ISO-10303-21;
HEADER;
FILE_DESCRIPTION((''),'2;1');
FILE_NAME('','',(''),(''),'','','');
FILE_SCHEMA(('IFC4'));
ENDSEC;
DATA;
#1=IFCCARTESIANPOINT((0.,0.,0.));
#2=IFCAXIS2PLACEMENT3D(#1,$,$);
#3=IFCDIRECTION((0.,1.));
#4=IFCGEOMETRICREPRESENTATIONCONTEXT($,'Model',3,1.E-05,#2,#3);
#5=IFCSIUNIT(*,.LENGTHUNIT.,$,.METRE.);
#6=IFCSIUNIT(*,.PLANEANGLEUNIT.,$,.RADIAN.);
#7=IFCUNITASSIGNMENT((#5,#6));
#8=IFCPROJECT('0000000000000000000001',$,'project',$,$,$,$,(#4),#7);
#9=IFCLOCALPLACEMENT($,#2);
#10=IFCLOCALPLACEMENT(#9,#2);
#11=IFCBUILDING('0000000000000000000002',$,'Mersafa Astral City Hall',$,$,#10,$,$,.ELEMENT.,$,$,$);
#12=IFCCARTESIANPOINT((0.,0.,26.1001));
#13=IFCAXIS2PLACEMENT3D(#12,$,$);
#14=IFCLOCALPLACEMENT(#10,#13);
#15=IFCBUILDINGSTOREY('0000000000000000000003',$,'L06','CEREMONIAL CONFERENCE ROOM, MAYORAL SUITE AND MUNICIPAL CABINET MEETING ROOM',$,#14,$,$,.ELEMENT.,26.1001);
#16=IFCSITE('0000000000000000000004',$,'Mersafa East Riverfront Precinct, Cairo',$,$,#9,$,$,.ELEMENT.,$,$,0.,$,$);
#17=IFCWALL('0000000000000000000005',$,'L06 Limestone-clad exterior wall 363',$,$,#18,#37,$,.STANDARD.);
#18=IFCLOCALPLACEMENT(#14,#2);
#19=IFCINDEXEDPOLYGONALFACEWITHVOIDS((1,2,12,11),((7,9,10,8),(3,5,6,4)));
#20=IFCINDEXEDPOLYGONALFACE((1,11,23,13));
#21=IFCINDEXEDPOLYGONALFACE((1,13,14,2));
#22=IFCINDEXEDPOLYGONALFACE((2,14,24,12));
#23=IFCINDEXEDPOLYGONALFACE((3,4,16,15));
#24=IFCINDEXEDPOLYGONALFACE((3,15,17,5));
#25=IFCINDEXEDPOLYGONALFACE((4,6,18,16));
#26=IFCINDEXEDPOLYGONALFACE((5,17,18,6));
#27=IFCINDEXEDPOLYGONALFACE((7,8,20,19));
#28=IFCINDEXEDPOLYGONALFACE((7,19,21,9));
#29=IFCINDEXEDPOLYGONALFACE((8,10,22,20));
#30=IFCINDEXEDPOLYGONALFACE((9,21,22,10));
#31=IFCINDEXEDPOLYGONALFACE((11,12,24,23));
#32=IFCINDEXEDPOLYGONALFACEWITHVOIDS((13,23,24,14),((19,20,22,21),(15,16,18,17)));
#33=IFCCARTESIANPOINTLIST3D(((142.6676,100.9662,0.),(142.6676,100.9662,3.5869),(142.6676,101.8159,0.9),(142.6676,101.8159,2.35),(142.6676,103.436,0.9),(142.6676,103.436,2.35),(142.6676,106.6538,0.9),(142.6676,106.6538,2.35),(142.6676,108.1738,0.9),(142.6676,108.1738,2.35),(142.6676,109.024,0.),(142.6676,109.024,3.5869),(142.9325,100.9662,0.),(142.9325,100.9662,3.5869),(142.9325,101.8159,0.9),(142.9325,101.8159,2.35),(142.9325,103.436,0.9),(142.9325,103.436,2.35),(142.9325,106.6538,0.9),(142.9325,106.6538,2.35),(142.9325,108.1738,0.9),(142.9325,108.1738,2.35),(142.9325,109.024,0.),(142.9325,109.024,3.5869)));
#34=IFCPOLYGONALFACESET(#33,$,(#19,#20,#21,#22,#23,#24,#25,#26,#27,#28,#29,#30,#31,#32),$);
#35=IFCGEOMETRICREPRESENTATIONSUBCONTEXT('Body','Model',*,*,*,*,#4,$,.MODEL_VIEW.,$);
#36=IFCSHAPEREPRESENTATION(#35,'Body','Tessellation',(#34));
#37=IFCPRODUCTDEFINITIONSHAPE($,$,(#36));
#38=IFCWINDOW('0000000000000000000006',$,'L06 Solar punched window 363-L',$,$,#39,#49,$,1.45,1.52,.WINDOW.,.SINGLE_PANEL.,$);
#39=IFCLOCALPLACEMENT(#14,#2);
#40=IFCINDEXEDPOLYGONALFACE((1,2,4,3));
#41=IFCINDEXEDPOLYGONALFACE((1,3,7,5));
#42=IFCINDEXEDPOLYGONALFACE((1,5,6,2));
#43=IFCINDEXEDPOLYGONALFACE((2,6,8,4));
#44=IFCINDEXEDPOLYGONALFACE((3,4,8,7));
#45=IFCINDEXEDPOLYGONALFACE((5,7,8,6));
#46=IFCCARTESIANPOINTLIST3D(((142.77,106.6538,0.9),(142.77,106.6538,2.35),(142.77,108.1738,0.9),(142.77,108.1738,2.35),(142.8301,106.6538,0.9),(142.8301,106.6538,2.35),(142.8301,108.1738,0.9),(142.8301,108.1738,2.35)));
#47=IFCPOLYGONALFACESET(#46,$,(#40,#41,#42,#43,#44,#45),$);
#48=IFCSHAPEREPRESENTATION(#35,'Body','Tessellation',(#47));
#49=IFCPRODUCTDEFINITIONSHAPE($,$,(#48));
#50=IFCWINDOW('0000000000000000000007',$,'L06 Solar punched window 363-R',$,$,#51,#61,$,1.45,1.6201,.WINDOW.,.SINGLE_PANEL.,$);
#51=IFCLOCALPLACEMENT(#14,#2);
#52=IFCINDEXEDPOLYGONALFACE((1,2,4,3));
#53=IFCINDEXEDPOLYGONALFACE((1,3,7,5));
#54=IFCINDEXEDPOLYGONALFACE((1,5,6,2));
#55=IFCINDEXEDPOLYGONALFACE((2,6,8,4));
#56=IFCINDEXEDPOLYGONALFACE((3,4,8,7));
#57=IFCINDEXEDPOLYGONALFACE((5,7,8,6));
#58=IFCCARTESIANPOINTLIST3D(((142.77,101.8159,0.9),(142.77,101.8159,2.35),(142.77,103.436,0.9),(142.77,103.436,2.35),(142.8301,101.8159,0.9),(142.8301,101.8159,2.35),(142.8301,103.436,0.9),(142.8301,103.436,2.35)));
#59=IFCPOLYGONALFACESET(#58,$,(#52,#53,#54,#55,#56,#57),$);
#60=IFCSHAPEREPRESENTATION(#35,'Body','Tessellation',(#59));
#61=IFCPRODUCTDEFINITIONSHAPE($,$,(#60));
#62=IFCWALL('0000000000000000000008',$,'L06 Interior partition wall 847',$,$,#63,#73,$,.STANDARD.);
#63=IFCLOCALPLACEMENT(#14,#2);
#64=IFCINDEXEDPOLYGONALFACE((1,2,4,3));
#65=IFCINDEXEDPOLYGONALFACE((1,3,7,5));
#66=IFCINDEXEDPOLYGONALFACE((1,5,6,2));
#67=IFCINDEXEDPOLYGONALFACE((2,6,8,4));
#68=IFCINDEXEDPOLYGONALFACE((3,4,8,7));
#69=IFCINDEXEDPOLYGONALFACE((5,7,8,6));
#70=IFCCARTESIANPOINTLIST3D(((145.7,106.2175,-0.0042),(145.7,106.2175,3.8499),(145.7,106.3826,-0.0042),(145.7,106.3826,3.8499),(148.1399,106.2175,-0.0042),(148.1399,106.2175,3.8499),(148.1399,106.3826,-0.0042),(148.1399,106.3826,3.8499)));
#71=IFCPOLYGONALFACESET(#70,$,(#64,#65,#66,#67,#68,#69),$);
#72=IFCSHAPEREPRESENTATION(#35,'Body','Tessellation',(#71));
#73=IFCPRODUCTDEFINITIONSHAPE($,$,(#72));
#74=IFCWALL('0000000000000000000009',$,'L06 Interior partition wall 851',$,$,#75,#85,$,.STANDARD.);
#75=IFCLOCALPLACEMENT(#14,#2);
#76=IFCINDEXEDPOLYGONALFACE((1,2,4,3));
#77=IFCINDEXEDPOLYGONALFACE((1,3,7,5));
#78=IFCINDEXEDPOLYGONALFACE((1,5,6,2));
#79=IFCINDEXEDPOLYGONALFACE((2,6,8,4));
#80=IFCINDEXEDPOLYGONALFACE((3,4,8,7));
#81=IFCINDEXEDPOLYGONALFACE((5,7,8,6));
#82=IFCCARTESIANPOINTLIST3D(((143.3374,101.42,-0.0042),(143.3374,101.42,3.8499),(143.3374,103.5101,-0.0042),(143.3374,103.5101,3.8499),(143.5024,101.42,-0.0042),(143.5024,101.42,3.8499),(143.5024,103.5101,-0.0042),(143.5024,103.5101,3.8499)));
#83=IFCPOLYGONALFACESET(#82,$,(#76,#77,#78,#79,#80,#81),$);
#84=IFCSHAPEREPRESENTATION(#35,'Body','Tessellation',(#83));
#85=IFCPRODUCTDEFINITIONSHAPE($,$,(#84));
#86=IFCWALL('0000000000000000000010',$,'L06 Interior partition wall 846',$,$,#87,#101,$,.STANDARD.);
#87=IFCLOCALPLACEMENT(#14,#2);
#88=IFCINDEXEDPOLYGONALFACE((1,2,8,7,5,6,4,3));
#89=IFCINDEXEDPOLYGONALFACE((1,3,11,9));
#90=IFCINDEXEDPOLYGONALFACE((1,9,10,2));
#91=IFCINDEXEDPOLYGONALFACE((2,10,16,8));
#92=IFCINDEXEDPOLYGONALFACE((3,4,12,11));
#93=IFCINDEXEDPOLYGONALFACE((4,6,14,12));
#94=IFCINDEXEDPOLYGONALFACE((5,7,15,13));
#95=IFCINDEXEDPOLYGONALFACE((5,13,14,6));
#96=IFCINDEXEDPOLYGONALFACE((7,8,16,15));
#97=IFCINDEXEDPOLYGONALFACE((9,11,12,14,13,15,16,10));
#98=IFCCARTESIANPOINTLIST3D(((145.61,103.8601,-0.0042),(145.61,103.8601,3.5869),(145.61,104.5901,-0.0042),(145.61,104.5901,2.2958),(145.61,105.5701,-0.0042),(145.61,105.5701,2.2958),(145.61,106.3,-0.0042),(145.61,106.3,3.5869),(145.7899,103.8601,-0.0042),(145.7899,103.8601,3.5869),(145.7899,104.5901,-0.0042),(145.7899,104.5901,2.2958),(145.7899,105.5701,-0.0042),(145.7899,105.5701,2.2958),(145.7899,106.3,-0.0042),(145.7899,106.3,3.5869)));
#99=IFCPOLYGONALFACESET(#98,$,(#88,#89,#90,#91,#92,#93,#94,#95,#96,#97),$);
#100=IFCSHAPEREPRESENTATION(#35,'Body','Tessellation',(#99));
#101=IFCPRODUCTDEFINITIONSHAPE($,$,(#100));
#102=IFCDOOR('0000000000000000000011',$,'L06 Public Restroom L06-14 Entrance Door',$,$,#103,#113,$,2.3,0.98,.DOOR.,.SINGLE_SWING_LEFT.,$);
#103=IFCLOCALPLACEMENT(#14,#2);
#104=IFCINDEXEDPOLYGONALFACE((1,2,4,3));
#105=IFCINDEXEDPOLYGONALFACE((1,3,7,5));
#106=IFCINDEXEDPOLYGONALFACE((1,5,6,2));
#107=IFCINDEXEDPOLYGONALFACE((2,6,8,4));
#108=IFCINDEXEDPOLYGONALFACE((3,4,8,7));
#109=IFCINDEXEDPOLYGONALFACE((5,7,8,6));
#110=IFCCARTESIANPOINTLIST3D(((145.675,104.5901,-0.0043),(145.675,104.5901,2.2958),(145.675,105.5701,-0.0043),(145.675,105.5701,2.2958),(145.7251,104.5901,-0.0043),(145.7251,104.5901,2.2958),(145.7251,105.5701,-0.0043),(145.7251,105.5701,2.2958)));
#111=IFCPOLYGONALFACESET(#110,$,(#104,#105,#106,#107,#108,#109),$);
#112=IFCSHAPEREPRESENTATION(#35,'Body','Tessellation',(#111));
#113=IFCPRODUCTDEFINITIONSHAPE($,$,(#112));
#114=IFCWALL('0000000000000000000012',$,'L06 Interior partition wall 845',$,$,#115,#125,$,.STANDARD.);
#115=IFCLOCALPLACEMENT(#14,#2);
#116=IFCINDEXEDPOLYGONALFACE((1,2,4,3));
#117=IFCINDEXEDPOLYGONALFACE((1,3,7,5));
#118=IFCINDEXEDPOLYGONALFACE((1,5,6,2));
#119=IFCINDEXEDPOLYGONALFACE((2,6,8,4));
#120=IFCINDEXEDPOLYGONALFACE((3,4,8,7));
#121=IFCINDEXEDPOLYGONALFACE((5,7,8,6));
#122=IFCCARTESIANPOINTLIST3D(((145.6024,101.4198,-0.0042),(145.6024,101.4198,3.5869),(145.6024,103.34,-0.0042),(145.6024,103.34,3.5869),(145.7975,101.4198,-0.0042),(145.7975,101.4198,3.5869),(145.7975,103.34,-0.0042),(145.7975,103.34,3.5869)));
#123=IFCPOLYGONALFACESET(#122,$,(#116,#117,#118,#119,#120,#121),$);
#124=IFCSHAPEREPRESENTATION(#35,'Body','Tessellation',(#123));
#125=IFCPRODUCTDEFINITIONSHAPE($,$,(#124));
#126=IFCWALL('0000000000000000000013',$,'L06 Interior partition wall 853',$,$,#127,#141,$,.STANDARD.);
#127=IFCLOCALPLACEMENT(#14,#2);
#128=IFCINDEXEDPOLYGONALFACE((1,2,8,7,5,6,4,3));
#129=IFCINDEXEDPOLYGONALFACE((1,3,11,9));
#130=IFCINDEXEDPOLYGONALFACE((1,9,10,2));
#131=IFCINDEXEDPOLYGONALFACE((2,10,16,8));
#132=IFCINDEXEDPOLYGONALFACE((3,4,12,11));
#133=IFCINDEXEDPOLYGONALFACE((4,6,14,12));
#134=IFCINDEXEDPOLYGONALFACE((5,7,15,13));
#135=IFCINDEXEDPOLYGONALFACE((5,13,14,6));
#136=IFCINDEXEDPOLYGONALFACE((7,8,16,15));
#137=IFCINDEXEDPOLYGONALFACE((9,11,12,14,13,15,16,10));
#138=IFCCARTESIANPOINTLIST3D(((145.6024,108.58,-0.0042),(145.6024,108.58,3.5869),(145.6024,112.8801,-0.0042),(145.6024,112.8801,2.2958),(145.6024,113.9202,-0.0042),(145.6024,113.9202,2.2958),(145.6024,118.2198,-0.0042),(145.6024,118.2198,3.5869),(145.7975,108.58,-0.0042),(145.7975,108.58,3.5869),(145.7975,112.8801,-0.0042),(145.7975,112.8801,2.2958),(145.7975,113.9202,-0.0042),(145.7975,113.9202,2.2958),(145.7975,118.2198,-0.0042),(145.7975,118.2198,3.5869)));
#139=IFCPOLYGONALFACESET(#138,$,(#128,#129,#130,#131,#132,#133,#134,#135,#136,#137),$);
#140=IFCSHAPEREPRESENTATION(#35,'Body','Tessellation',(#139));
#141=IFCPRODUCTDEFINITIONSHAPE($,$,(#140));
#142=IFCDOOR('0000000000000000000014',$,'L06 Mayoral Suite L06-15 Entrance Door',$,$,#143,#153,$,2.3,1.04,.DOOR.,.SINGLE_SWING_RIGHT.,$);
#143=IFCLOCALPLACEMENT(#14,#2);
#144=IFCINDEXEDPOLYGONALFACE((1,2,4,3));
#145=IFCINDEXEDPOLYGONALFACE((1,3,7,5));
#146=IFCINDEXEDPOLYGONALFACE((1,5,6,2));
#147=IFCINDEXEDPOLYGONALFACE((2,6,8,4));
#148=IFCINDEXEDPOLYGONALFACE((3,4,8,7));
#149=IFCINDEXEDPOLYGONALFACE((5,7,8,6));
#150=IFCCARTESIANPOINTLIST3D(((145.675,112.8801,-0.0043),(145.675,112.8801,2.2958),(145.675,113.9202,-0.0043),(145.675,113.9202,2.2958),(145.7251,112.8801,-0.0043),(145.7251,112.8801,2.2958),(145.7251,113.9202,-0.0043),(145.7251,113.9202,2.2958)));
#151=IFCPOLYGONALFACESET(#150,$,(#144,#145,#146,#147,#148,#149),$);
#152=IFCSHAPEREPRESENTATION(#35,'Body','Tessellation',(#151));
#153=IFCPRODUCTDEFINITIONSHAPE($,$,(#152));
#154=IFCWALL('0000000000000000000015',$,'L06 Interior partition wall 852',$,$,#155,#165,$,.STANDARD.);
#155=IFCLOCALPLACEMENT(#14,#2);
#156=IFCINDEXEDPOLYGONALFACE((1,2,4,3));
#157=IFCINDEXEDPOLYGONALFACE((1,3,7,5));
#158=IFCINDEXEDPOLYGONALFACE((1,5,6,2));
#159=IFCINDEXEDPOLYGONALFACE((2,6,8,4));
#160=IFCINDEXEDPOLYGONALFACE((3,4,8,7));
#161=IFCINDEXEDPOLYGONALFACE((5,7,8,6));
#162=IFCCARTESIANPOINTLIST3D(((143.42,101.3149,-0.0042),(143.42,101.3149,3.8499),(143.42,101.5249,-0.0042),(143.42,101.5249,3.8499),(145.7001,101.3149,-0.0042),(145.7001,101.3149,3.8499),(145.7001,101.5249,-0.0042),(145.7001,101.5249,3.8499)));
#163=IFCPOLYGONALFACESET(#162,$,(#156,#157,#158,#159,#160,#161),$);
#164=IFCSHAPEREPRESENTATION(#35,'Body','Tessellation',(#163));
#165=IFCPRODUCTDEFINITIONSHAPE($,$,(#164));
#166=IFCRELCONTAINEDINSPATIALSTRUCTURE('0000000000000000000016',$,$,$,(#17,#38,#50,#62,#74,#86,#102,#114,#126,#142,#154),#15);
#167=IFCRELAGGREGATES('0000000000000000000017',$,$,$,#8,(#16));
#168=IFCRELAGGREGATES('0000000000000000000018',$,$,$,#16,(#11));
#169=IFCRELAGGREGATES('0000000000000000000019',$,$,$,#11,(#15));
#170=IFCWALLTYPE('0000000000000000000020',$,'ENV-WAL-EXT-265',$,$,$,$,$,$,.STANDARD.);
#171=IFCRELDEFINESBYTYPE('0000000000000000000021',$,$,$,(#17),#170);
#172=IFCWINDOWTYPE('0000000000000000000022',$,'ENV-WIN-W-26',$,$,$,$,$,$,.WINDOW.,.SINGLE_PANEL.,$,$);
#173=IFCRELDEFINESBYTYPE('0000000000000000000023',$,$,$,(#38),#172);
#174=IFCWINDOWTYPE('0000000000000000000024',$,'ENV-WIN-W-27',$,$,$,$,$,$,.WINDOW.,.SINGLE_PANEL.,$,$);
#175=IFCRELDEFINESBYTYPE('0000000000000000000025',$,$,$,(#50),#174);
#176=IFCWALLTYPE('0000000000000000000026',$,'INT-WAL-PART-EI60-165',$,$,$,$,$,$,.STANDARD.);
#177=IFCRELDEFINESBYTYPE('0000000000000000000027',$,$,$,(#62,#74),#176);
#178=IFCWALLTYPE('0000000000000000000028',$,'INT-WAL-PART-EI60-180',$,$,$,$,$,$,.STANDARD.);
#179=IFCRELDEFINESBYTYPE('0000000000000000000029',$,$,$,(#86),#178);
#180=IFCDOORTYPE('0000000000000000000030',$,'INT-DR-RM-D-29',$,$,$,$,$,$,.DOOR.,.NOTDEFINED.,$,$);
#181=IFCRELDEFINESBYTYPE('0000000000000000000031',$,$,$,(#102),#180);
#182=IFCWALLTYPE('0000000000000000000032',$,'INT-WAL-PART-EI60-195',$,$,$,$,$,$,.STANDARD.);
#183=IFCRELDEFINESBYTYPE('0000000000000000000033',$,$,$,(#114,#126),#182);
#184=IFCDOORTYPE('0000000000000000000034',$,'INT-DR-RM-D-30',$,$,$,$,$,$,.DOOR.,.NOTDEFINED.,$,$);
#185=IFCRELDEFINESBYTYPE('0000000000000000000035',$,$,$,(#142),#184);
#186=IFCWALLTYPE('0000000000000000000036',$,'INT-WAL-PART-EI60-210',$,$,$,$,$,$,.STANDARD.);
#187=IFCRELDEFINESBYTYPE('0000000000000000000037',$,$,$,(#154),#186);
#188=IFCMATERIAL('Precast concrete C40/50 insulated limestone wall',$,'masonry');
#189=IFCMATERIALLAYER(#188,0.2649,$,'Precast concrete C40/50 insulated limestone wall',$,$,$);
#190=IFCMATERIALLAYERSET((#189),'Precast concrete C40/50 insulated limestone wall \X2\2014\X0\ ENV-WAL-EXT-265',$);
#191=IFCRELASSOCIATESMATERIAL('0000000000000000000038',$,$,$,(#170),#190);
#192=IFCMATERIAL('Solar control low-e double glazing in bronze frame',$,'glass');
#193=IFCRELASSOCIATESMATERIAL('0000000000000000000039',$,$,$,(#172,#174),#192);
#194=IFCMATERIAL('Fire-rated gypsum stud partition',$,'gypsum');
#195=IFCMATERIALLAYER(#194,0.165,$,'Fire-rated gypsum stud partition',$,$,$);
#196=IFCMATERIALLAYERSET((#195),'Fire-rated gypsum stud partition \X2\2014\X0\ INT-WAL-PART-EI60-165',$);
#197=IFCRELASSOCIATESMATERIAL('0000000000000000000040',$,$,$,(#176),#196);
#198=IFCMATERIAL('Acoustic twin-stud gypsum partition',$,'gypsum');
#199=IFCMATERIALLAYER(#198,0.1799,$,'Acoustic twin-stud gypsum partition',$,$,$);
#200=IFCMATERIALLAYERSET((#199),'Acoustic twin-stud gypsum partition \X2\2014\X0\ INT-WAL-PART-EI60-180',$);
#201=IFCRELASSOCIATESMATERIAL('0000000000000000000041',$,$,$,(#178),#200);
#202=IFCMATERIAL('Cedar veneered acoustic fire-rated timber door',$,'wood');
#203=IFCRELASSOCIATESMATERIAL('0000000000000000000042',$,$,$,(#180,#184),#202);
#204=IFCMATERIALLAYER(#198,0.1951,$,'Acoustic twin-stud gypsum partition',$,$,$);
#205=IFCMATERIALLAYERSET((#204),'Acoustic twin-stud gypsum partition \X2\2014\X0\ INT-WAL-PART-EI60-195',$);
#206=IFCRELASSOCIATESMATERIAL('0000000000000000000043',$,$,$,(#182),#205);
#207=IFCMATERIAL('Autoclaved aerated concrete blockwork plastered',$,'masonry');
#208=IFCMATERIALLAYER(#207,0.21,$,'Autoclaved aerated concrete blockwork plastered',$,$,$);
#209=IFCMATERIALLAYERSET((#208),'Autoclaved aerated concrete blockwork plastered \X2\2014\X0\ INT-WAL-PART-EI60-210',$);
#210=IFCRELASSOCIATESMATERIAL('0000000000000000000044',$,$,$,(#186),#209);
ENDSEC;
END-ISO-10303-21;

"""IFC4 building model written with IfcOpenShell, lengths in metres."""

from ifc_helpers import new_model, si_unit, direction, frame, frame_2d, origin, place, context, subcontext, project, spatial, rectangle, extrude, material, layer, layer_set, type_object, element, fill, save


model = new_model("IFC4")

# Units and contexts
model_context = context("Model", 3, precision=1e-05, world=origin(), true_north=direction((0.0, 1.0)))
body_context = subcontext(model_context, "Body", "Model", "MODEL_VIEW")
ifc_project = project(units=[si_unit("LENGTHUNIT", "METRE"), si_unit("PLANEANGLEUNIT", "RADIAN")], contexts=[model_context])

# Site, building, storey
site_placement = place(None, origin())
site = spatial("IfcSite", under=ifc_project, at=site_placement, Name="Mersafa East Riverfront Precinct, Cairo", CompositionType="ELEMENT", RefElevation=0.0)
building_placement = place(site_placement, origin())
building = spatial("IfcBuilding", under=site, at=building_placement, Name="Mersafa Astral City Hall", CompositionType="ELEMENT")
storey_placement = place(building_placement, frame((0.0, 0.0, 26.1001)))
storey = spatial("IfcBuildingStorey", under=building, at=storey_placement, Name="L06", Description="CEREMONIAL CONFERENCE ROOM, MAYORAL SUITE AND MUNICIPAL CABINET MEETING ROOM", CompositionType="ELEMENT", Elevation=26.1001)

# Wall, openings, windows
ifc_material_1 = material(Name="Precast concrete C40/50 insulated limestone wall", Category="masonry")
ifc_layer_1 = layer(ifc_material_1, 0.2649, Name="Precast concrete C40/50 insulated limestone wall")
ifc_layer_set_1 = layer_set([ifc_layer_1], Name="Precast concrete C40/50 insulated limestone wall — ENV-WAL-EXT-265")
wall_type_1 = type_object("IfcWallType", Name="ENV-WAL-EXT-265", PredefinedType="STANDARD", material=ifc_layer_set_1)
wall_1_placement = place(storey_placement, frame((142.8, 109.0239, 0.0), z_axis=(0.0, 0.0, 1.0), x_axis=(0.0, -1.0, 0.0)))
wall_1 = element("IfcWall", 1, at=wall_1_placement, inside=storey, type_object=wall_type_1, Name="L06 Limestone-clad exterior wall 363", PredefinedType="STANDARD", context=body_context, shape_type="SweptSolid", body=[
    extrude(rectangle(XDim=8.0579, YDim=0.2649, at=frame_2d((4.0288, 0.0))), origin(), (0.0, 0.0, 1.0), 3.5869),
])
opening_1_placement = place(wall_1_placement, frame((0.8501, 0.0, 0.8999)))
opening_1 = element("IfcOpeningElement", 2, at=opening_1_placement, cuts=wall_1, PredefinedType="OPENING", context=body_context, shape_type="SweptSolid", body=[
    extrude(rectangle(XDim=1.52, YDim=1.45, at=frame_2d((0.76, 0.7251))), frame((0.0, 0.1423, 0.0), z_axis=(0.0, -1.0, 0.0), x_axis=(1.0, 0.0, 0.0)), (0.0, 0.0, 1.0), 0.2849),
])
opening_2_placement = place(wall_1_placement, frame((5.5879, 0.0, 0.8999)))
opening_2 = element("IfcOpeningElement", 3, at=opening_2_placement, cuts=wall_1, PredefinedType="OPENING", context=body_context, shape_type="SweptSolid", body=[
    extrude(rectangle(XDim=1.6201, YDim=1.45, at=frame_2d((0.8101, 0.7251))), frame((0.0, 0.1423, 0.0), z_axis=(0.0, -1.0, 0.0), x_axis=(1.0, 0.0, 0.0)), (0.0, 0.0, 1.0), 0.2849),
])
ifc_material_2 = material(Name="Solar control low-e double glazing in bronze frame", Category="glass")
window_type_1 = type_object("IfcWindowType", Name="ENV-WIN-W-26", PartitioningType="SINGLE_PANEL", PredefinedType="WINDOW", material=ifc_material_2)
window_1_placement = place(opening_1_placement, origin())
window_1 = element("IfcWindow", 4, at=window_1_placement, inside=storey, type_object=window_type_1, Name="L06 Solar punched window 363-L", OverallHeight=1.45, OverallWidth=1.52, PartitioningType="SINGLE_PANEL", PredefinedType="WINDOW", context=body_context, shape_type="SweptSolid", body=[
    extrude(rectangle(XDim=1.52, YDim=1.45, at=frame_2d((0.76, 0.7251))), frame((0.0, 0.03, 0.0), z_axis=(0.0, -1.0, 0.0), x_axis=(1.0, 0.0, 0.0)), (0.0, 0.0, 1.0), 0.0601),
])
fill(opening_1, window_1)
window_type_2 = type_object("IfcWindowType", Name="ENV-WIN-W-27", PartitioningType="SINGLE_PANEL", PredefinedType="WINDOW", material=ifc_material_2)
window_2_placement = place(opening_2_placement, origin())
window_2 = element("IfcWindow", 5, at=window_2_placement, inside=storey, type_object=window_type_2, Name="L06 Solar punched window 363-R", OverallHeight=1.45, OverallWidth=1.6201, PartitioningType="SINGLE_PANEL", PredefinedType="WINDOW", context=body_context, shape_type="SweptSolid", body=[
    extrude(rectangle(XDim=1.6201, YDim=1.45, at=frame_2d((0.8101, 0.7251))), frame((0.0, 0.03, 0.0), z_axis=(0.0, -1.0, 0.0), x_axis=(1.0, 0.0, 0.0)), (0.0, 0.0, 1.0), 0.0601),
])
fill(opening_2, window_2)

# Walls
ifc_material_3 = material(Name="Fire-rated gypsum stud partition", Category="gypsum")
ifc_layer_2 = layer(ifc_material_3, 0.165, Name="Fire-rated gypsum stud partition")
ifc_layer_set_2 = layer_set([ifc_layer_2], Name="Fire-rated gypsum stud partition — INT-WAL-PART-EI60-165")
wall_type_2 = type_object("IfcWallType", Name="INT-WAL-PART-EI60-165", PredefinedType="STANDARD", material=ifc_layer_set_2)
wall_2_placement = place(storey_placement, frame((145.7, 106.3, -0.0042), z_axis=(0.0, 0.0, 1.0), x_axis=(1.0, 0.0, 0.0)))
element("IfcWall", 6, at=wall_2_placement, inside=storey, type_object=wall_type_2, Name="L06 Interior partition wall 847", PredefinedType="STANDARD", context=body_context, shape_type="SweptSolid", body=[
    extrude(rectangle(XDim=2.4399, YDim=0.165, at=frame_2d((1.22, 0.0))), origin(), (0.0, 0.0, 1.0), 3.854),
])
wall_3_placement = place(storey_placement, frame((143.4199, 103.51, -0.0042), z_axis=(0.0, 0.0, 1.0), x_axis=(0.0, -1.0, 0.0)))
element("IfcWall", 7, at=wall_3_placement, inside=storey, type_object=wall_type_2, Name="L06 Interior partition wall 851", PredefinedType="STANDARD", context=body_context, shape_type="SweptSolid", body=[
    extrude(rectangle(XDim=2.0901, YDim=0.165, at=frame_2d((1.0449, 0.0))), origin(), (0.0, 0.0, 1.0), 3.854),
])

# Wall, opening, door
ifc_material_4 = material(Name="Acoustic twin-stud gypsum partition", Category="gypsum")
ifc_layer_3 = layer(ifc_material_4, 0.1799, Name="Acoustic twin-stud gypsum partition")
ifc_layer_set_3 = layer_set([ifc_layer_3], Name="Acoustic twin-stud gypsum partition — INT-WAL-PART-EI60-180")
wall_type_3 = type_object("IfcWallType", Name="INT-WAL-PART-EI60-180", PredefinedType="STANDARD", material=ifc_layer_set_3)
wall_4_placement = place(storey_placement, frame((145.7, 103.8601, -0.0042), z_axis=(0.0, 0.0, 1.0), x_axis=(0.0, 1.0, 0.0)))
wall_4 = element("IfcWall", 8, at=wall_4_placement, inside=storey, type_object=wall_type_3, Name="L06 Interior partition wall 846", PredefinedType="STANDARD", context=body_context, shape_type="SweptSolid", body=[
    extrude(rectangle(XDim=2.4399, YDim=0.1799, at=frame_2d((1.22, 0.0))), origin(), (0.0, 0.0, 1.0), 3.5911),
])
opening_3_placement = place(wall_4_placement, frame((0.73, 0.0, 0.0)))
opening_3 = element("IfcOpeningElement", 9, at=opening_3_placement, cuts=wall_4, PredefinedType="OPENING", context=body_context, shape_type="SweptSolid", body=[
    extrude(rectangle(XDim=0.98, YDim=2.3, at=frame_2d((0.49, 1.1499))), frame((0.0, 0.0999, 0.0), z_axis=(0.0, -1.0, 0.0), x_axis=(1.0, 0.0, 0.0)), (0.0, 0.0, 1.0), 0.2),
])
ifc_material_5 = material(Name="Cedar veneered acoustic fire-rated timber door", Category="wood")
door_type_1 = type_object("IfcDoorType", Name="INT-DR-RM-D-29", OperationType="NOTDEFINED", PredefinedType="DOOR", material=ifc_material_5)
door_1_placement = place(opening_3_placement, origin())
door_1 = element("IfcDoor", 10, at=door_1_placement, inside=storey, type_object=door_type_1, Name="L06 Public Restroom L06-14 Entrance Door", OperationType="SINGLE_SWING_LEFT", OverallHeight=2.3, OverallWidth=0.98, PredefinedType="DOOR", context=body_context, shape_type="SweptSolid", body=[
    extrude(rectangle(XDim=0.98, YDim=2.3, at=frame_2d((0.49, 1.1499))), frame((0.0, 0.0249, 0.0), z_axis=(0.0, -1.0, 0.0), x_axis=(1.0, 0.0, 0.0)), (0.0, 0.0, 1.0), 0.05),
])
fill(opening_3, door_1)

# Wall
ifc_layer_4 = layer(ifc_material_4, 0.1951, Name="Acoustic twin-stud gypsum partition")
ifc_layer_set_4 = layer_set([ifc_layer_4], Name="Acoustic twin-stud gypsum partition — INT-WAL-PART-EI60-195")
wall_type_4 = type_object("IfcWallType", Name="INT-WAL-PART-EI60-195", PredefinedType="STANDARD", material=ifc_layer_set_4)
wall_5_placement = place(storey_placement, frame((145.7, 101.4199, -0.0042), z_axis=(0.0, 0.0, 1.0), x_axis=(0.0, 1.0, 0.0)))
element("IfcWall", 11, at=wall_5_placement, inside=storey, type_object=wall_type_4, Name="L06 Interior partition wall 845", PredefinedType="STANDARD", context=body_context, shape_type="SweptSolid", body=[
    extrude(rectangle(XDim=1.9202, YDim=0.1951, at=frame_2d((0.96, 0.0))), origin(), (0.0, 0.0, 1.0), 3.5911),
])

# Wall, opening, door
wall_6_placement = place(storey_placement, frame((145.7, 108.5801, -0.0042), z_axis=(0.0, 0.0, 1.0), x_axis=(0.0, 1.0, 0.0)))
wall_6 = element("IfcWall", 12, at=wall_6_placement, inside=storey, type_object=wall_type_4, Name="L06 Interior partition wall 853", PredefinedType="STANDARD", context=body_context, shape_type="SweptSolid", body=[
    extrude(rectangle(XDim=9.6399, YDim=0.1951, at=frame_2d((4.8198, 0.0))), origin(), (0.0, 0.0, 1.0), 3.5911),
])
opening_4_placement = place(wall_6_placement, frame((4.3, 0.0, 0.0)))
opening_4 = element("IfcOpeningElement", 13, at=opening_4_placement, cuts=wall_6, PredefinedType="OPENING", context=body_context, shape_type="SweptSolid", body=[
    extrude(rectangle(XDim=1.04, YDim=2.3, at=frame_2d((0.52, 1.1499))), frame((0.0, 0.1074, 0.0), z_axis=(0.0, -1.0, 0.0), x_axis=(1.0, 0.0, 0.0)), (0.0, 0.0, 1.0), 0.2151),
])
door_type_2 = type_object("IfcDoorType", Name="INT-DR-RM-D-30", OperationType="NOTDEFINED", PredefinedType="DOOR", material=ifc_material_5)
door_2_placement = place(opening_4_placement, origin())
door_2 = element("IfcDoor", 14, at=door_2_placement, inside=storey, type_object=door_type_2, Name="L06 Mayoral Suite L06-15 Entrance Door", OperationType="SINGLE_SWING_RIGHT", OverallHeight=2.3, OverallWidth=1.04, PredefinedType="DOOR", context=body_context, shape_type="SweptSolid", body=[
    extrude(rectangle(XDim=1.04, YDim=2.3, at=frame_2d((0.52, 1.1499))), frame((0.0, 0.0249, 0.0), z_axis=(0.0, -1.0, 0.0), x_axis=(1.0, 0.0, 0.0)), (0.0, 0.0, 1.0), 0.05),
])
fill(opening_4, door_2)

# Wall
ifc_material_6 = material(Name="Autoclaved aerated concrete blockwork plastered", Category="masonry")
ifc_layer_5 = layer(ifc_material_6, 0.21, Name="Autoclaved aerated concrete blockwork plastered")
ifc_layer_set_5 = layer_set([ifc_layer_5], Name="Autoclaved aerated concrete blockwork plastered — INT-WAL-PART-EI60-210")
wall_type_5 = type_object("IfcWallType", Name="INT-WAL-PART-EI60-210", PredefinedType="STANDARD", material=ifc_layer_set_5)
wall_7_placement = place(storey_placement, frame((143.4199, 101.4199, -0.0042), z_axis=(0.0, 0.0, 1.0), x_axis=(1.0, 0.0, 0.0)))
element("IfcWall", 15, at=wall_7_placement, inside=storey, type_object=wall_type_5, Name="L06 Interior partition wall 852", PredefinedType="STANDARD", context=body_context, shape_type="SweptSolid", body=[
    extrude(rectangle(XDim=2.28, YDim=0.21, at=frame_2d((1.1401, 0.0))), origin(), (0.0, 0.0, 1.0), 3.854),
])

save(model, "model.ifc")
